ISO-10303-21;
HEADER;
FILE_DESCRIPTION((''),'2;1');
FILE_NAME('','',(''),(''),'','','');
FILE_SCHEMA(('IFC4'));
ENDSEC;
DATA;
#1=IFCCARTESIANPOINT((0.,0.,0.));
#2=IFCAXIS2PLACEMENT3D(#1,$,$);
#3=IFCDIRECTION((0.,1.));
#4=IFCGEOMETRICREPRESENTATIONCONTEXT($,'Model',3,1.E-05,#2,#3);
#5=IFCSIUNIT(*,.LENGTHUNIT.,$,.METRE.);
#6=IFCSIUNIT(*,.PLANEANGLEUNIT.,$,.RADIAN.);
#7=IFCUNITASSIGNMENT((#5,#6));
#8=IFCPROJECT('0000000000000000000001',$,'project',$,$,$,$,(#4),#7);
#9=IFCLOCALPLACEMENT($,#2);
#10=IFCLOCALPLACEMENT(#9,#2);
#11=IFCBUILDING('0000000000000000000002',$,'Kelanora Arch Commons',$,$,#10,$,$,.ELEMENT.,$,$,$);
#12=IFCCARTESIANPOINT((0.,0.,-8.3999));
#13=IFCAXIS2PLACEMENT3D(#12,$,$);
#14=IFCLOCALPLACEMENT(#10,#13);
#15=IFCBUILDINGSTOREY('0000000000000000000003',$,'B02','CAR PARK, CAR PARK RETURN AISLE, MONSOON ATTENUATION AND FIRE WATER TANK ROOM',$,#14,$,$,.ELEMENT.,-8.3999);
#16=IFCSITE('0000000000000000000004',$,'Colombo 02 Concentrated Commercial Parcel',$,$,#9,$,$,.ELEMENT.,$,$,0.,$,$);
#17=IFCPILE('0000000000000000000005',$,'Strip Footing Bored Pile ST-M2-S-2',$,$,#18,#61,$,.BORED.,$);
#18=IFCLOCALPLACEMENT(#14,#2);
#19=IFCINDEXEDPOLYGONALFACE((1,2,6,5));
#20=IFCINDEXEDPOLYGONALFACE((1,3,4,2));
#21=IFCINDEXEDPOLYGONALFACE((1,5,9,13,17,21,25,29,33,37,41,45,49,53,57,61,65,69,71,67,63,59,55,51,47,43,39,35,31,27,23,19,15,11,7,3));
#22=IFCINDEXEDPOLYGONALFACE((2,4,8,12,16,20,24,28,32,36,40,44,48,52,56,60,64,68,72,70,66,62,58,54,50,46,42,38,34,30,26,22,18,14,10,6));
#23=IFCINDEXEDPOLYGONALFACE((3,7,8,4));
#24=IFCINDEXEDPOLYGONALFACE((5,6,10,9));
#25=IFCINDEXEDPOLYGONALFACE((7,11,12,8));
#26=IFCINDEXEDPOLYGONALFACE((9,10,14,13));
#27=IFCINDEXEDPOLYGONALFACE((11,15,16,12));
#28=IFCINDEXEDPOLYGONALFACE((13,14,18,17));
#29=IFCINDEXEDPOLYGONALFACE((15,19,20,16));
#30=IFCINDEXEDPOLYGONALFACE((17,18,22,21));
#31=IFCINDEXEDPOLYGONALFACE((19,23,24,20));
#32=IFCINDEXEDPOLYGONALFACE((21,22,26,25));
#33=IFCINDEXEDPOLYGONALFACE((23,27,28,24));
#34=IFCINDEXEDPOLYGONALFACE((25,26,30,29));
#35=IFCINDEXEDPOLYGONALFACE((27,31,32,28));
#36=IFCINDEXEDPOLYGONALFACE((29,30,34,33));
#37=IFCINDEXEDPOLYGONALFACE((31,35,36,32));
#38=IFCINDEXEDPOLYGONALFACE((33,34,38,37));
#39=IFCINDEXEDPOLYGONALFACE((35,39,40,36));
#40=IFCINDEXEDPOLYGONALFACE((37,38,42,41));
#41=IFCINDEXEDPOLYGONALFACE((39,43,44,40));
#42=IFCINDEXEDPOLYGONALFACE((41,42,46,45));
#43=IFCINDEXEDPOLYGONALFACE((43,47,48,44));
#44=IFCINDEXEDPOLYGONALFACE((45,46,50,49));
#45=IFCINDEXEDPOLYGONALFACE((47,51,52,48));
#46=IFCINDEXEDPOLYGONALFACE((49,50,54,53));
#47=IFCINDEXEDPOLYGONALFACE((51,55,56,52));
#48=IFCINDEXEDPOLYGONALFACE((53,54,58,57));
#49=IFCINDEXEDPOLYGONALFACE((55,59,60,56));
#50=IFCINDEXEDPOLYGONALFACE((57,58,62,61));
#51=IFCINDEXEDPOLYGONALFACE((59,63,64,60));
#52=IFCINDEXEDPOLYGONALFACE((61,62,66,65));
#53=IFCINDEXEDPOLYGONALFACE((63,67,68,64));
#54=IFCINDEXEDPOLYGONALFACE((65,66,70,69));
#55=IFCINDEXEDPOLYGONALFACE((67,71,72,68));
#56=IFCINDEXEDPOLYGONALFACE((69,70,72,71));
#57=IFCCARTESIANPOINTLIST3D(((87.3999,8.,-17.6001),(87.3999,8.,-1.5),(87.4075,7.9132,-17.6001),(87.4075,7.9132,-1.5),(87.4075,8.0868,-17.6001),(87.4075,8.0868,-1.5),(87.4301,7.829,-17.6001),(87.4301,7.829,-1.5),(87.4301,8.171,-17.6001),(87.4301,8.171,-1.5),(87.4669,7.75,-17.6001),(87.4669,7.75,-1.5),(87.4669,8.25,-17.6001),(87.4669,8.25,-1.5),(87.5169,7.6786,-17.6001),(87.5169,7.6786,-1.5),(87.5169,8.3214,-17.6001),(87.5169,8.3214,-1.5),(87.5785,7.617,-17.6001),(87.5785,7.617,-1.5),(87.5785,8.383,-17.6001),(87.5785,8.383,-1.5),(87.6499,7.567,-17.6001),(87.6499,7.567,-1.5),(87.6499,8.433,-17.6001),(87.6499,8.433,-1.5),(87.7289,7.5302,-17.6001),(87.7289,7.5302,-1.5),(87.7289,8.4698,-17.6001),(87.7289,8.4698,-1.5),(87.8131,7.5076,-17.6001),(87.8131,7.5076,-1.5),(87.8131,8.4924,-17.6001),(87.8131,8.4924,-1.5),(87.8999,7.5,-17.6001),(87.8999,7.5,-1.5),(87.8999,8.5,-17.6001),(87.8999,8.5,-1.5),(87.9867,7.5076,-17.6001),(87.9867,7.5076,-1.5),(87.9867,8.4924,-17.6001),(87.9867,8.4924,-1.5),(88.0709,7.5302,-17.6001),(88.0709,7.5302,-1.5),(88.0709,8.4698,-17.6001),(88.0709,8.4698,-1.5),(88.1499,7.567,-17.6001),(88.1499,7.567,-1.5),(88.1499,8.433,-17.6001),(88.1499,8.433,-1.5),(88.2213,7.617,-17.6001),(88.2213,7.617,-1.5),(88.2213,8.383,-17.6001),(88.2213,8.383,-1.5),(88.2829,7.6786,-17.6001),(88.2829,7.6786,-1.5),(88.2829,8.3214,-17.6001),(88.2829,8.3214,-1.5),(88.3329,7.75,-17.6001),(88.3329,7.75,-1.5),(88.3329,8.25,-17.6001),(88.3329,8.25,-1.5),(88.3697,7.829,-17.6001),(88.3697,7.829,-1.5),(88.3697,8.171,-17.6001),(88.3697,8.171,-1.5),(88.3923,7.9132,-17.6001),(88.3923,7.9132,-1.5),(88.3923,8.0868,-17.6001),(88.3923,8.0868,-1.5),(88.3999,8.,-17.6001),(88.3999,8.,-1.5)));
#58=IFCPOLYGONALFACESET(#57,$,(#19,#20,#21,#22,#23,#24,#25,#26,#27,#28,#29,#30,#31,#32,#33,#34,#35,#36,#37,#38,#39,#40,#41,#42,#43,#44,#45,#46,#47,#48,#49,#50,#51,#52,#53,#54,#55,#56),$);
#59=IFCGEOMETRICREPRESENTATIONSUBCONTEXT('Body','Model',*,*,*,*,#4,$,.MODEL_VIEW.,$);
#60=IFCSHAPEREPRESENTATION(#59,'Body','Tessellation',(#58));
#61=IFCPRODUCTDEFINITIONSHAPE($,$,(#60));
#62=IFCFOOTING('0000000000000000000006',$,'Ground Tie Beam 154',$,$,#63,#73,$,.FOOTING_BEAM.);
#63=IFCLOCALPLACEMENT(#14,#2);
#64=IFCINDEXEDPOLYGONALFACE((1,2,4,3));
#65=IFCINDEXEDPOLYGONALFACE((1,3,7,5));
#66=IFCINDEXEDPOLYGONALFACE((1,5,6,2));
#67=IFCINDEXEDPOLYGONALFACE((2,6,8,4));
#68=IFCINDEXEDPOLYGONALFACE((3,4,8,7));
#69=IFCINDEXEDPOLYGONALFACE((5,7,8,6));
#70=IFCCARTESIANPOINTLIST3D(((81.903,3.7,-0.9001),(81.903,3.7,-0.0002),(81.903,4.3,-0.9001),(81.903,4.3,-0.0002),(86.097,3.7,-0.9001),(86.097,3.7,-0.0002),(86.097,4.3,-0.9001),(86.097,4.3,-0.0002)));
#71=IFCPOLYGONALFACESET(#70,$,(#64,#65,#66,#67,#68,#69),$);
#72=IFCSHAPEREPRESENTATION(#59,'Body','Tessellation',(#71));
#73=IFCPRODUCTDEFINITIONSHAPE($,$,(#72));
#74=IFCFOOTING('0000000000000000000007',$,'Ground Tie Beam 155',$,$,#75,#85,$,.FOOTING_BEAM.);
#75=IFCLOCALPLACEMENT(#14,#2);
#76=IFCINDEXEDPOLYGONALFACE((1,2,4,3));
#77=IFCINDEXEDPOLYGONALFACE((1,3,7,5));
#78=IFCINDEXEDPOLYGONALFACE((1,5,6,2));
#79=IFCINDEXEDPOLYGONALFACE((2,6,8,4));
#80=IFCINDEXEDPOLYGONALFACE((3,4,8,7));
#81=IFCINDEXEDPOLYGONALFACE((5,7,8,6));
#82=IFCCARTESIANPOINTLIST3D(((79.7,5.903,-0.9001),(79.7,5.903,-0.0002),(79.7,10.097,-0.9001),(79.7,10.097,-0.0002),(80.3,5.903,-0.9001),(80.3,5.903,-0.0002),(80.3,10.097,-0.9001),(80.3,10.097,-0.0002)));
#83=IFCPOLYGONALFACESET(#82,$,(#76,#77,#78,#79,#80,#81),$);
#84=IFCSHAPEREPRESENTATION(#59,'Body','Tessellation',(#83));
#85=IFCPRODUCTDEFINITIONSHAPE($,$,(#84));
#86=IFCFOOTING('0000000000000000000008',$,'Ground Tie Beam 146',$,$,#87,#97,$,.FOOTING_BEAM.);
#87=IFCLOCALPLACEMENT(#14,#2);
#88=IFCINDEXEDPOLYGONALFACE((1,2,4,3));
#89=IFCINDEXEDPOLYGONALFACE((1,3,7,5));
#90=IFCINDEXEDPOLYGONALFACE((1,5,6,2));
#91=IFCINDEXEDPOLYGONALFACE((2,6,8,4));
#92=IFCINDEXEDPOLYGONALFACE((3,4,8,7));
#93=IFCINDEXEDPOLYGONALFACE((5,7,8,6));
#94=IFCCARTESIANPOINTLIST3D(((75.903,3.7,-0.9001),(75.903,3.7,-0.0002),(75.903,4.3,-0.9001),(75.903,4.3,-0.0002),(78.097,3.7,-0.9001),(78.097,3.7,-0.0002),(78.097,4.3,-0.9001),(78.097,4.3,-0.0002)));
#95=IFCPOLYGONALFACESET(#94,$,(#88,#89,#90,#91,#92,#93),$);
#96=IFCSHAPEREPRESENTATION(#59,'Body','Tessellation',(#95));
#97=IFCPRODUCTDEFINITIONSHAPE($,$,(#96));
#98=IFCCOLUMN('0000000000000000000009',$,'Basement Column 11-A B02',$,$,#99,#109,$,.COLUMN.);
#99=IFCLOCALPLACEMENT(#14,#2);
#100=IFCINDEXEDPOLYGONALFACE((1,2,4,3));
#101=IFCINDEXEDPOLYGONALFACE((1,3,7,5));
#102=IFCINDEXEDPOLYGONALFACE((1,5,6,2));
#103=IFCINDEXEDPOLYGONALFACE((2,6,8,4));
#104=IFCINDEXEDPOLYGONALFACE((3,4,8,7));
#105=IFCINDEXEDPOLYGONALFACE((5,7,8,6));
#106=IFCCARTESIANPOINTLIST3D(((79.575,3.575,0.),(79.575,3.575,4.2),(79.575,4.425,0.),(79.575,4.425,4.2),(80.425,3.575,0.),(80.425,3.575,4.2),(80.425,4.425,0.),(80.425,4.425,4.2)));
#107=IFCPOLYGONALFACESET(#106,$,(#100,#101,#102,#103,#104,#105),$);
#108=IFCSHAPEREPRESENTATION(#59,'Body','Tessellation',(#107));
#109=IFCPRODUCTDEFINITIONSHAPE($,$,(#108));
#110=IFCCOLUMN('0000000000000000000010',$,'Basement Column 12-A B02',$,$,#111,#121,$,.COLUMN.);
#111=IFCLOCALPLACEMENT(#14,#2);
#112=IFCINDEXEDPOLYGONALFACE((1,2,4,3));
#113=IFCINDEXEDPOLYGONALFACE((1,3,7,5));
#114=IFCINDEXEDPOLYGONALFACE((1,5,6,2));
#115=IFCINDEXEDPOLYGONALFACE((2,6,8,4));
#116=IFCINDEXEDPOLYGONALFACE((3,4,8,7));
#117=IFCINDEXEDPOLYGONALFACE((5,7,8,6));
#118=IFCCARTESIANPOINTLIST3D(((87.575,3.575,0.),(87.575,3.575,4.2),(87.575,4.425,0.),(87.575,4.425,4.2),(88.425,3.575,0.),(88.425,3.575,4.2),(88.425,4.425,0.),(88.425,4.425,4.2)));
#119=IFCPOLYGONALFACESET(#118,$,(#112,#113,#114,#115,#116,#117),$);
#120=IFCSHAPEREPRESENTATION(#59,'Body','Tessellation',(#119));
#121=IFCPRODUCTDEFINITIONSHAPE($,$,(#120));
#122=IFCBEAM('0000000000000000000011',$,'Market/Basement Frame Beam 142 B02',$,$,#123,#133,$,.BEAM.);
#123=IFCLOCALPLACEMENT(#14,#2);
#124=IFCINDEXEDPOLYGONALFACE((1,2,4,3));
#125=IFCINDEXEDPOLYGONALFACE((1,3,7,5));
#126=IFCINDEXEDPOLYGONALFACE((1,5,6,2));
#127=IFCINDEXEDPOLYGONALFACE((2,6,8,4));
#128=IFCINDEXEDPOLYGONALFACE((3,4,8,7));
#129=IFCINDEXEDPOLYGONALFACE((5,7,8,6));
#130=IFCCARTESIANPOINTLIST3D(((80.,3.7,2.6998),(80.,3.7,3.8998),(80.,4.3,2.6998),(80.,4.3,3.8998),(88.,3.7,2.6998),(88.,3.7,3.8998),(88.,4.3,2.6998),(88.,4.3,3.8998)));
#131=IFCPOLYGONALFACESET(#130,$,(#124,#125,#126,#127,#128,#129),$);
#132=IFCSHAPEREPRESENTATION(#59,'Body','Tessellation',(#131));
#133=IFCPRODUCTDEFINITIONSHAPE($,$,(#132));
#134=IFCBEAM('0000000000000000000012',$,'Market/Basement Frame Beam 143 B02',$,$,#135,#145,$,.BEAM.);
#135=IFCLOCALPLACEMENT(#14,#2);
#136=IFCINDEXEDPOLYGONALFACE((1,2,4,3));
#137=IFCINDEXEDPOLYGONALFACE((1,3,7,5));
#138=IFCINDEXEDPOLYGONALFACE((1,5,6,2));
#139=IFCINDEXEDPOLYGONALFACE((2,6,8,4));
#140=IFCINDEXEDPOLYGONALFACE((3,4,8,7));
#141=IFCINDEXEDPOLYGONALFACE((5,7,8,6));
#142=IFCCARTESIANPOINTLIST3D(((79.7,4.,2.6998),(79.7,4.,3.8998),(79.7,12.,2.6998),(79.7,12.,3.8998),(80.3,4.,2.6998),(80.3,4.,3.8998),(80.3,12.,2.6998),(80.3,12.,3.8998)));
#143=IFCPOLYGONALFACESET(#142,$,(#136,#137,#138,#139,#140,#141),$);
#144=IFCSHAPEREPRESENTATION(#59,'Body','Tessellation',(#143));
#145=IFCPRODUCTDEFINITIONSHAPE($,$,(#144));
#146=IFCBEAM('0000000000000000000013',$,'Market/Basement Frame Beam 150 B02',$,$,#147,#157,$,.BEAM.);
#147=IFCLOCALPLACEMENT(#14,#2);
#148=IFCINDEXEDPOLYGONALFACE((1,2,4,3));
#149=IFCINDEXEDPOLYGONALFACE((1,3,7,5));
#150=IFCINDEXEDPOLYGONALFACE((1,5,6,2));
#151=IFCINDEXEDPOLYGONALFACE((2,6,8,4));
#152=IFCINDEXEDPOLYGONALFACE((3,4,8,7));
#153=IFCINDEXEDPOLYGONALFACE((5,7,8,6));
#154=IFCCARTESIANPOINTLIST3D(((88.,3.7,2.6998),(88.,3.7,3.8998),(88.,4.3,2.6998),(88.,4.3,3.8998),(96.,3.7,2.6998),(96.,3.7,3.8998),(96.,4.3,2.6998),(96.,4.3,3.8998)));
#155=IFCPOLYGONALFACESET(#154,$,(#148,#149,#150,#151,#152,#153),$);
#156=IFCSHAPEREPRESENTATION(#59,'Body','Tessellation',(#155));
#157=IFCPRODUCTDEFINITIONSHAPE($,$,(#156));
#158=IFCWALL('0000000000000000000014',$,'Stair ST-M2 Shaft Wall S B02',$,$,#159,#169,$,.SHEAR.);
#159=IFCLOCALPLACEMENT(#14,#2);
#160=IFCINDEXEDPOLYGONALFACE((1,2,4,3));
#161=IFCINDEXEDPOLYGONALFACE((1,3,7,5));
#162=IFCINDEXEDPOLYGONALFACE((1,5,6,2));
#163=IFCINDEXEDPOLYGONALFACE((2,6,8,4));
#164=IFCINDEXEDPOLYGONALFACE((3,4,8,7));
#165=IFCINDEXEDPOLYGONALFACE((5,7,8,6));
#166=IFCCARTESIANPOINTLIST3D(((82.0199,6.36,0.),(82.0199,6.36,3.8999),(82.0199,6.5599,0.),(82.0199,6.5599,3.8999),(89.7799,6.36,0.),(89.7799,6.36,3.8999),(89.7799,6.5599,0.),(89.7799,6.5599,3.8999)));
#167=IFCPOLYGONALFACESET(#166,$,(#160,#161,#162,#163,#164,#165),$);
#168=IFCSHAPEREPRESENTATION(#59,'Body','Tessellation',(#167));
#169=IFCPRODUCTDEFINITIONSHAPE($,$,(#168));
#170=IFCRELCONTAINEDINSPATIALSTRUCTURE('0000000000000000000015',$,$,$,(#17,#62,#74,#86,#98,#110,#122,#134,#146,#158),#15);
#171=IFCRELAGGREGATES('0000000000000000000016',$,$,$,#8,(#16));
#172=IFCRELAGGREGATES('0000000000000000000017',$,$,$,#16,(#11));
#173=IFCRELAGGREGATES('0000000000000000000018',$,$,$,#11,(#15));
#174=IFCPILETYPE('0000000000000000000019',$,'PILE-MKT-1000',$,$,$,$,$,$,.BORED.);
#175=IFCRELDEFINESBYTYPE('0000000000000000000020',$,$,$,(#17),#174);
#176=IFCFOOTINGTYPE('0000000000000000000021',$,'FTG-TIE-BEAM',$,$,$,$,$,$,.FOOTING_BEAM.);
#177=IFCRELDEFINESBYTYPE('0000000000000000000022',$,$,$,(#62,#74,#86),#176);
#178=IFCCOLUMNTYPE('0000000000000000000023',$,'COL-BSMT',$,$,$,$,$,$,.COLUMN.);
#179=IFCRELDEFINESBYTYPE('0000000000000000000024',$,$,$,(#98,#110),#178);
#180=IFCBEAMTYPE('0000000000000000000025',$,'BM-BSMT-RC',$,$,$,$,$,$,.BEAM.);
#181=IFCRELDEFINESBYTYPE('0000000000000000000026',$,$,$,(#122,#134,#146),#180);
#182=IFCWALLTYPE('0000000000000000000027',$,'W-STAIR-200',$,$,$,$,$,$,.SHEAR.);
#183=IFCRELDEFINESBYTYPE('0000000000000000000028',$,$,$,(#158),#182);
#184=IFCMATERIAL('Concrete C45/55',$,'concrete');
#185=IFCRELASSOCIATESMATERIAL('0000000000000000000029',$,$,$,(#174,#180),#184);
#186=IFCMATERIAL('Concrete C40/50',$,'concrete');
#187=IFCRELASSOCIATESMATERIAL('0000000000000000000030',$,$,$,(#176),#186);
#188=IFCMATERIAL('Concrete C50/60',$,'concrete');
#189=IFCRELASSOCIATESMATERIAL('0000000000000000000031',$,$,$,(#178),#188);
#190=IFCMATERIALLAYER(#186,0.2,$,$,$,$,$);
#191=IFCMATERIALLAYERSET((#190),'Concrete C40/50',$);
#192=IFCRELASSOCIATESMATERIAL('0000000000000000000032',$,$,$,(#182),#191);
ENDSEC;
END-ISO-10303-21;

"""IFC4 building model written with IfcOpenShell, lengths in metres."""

from ifc_helpers import new_model, si_unit, direction, frame, frame_2d, origin, origin_2d, place, context, subcontext, project, spatial, rectangle, circle, extrude, source, transform, mapped, material, layer, layer_set, material_profile, profile_set, type_object, element, save


model = new_model("IFC4")

# Units and contexts
model_context = context("Model", 3, precision=1e-05, world=origin(), true_north=direction((0.0, 1.0)))
body_context = subcontext(model_context, "Body", "Model", "MODEL_VIEW")
ifc_project = project(units=[si_unit("LENGTHUNIT", "METRE"), si_unit("PLANEANGLEUNIT", "RADIAN")], contexts=[model_context])

# Site, building, storey
site_placement = place(None, origin())
site = spatial("IfcSite", under=ifc_project, at=site_placement, Name="Colombo 02 Concentrated Commercial Parcel", CompositionType="ELEMENT", RefElevation=0.0)
building_placement = place(site_placement, origin())
building = spatial("IfcBuilding", under=site, at=building_placement, Name="Kelanora Arch Commons", CompositionType="ELEMENT")
storey_placement = place(building_placement, frame((0.0, 0.0, -8.3999)))
storey = spatial("IfcBuildingStorey", under=building, at=storey_placement, Name="B02", Description="CAR PARK, CAR PARK RETURN AISLE, MONSOON ATTENUATION AND FIRE WATER TANK ROOM", CompositionType="ELEMENT", Elevation=-8.3999)

# Shared definitions
ifc_material_1 = material(Name="Concrete C40/50", Category="concrete")

# Pile
ifc_material_2 = material(Name="Concrete C45/55", Category="concrete")
ifc_material_profile_1 = material_profile(ifc_material_2, circle(Radius=0.5, at=origin_2d()), Name="PILE1000")
ifc_profile_set_1 = profile_set([ifc_material_profile_1], Name="Concrete C45/55")
pile_type = type_object("IfcPileType", Name="PILE-MKT-1000", PredefinedType="BORED", material=ifc_profile_set_1)
shared_shape_1 = source(origin(), body_context, "Body", "SweptSolid", [
    extrude(circle(Radius=0.5, at=origin_2d()), origin(), (0.0, 0.0, 1.0), 16.1001),
])
for number, where, z_axis, x_axis, name in (
    (1, (87.8999, 8.0, -1.5), (0.0, 0.0, -1.0), (1.0, 0.0, 0.0), "Strip Footing Bored Pile ST-M2-S-2"),
):
    element("IfcPile", number, at=place(storey_placement, frame(where, z_axis=z_axis, x_axis=x_axis)), inside=storey, type_object=pile_type, Name=name, PredefinedType="BORED", context=body_context, shape_type="MappedRepresentation", body=[
        mapped(shared_shape_1, transform((0.0, 0.0, 0.0), scale=1.0)),
    ])

# Footings
footing_type_1 = type_object("IfcFootingType", Name="FTG-TIE-BEAM", PredefinedType="FOOTING_BEAM", material=ifc_material_1)
shared_shape_2 = source(origin(), body_context, "Body", "SweptSolid", [
    extrude(rectangle(XDim=4.1941, YDim=0.6001, at=origin_2d()), origin(), (0.0, 0.0, 1.0), 0.8999),
])
for number, where, z_axis, x_axis, name in (
    (2, (84.0, 4.0, -0.9001), (0.0, 0.0, 1.0), (1.0, 0.0, 0.0), "Ground Tie Beam 154"),
    (3, (80.0, 8.0, -0.9001), (0.0, 0.0, 1.0), (0.0, 1.0, 0.0), "Ground Tie Beam 155"),
):
    element("IfcFooting", number, at=place(storey_placement, frame(where, z_axis=z_axis, x_axis=x_axis)), inside=storey, type_object=footing_type_1, Name=name, PredefinedType="FOOTING_BEAM", context=body_context, shape_type="MappedRepresentation", body=[
        mapped(shared_shape_2, transform((0.0, 0.0, 0.0), scale=1.0)),
    ])
shared_shape_3 = source(origin(), body_context, "Body", "SweptSolid", [
    extrude(rectangle(XDim=2.1941, YDim=0.6001, at=origin_2d()), origin(), (0.0, 0.0, 1.0), 0.8999),
])
footing_placement = place(storey_placement, frame((77.0, 4.0, -0.9001), z_axis=(0.0, 0.0, 1.0), x_axis=(1.0, 0.0, 0.0)))
element("IfcFooting", 4, at=footing_placement, inside=storey, type_object=footing_type_1, Name="Ground Tie Beam 146", PredefinedType="FOOTING_BEAM", context=body_context, shape_type="MappedRepresentation", body=[
    mapped(shared_shape_3, transform((0.0, 0.0, 0.0), scale=1.0)),
])

# Columns
ifc_material_3 = material(Name="Concrete C50/60", Category="concrete")
ifc_material_profile_2 = material_profile(ifc_material_3, rectangle(XDim=0.8501, YDim=0.8501, at=origin_2d()), Name="RC850x850")
ifc_profile_set_2 = profile_set([ifc_material_profile_2], Name="Concrete C50/60")
column_type = type_object("IfcColumnType", Name="COL-BSMT", PredefinedType="COLUMN", material=ifc_profile_set_2)
for number, where, z_axis, x_axis, name in (
    (5, (80.0, 4.0, 0.0), (0.0, 0.0, 1.0), (1.0, 0.0, 0.0), "Basement Column 11-A B02"),
    (6, (88.0, 4.0, 0.0), (0.0, 0.0, 1.0), (1.0, 0.0, 0.0), "Basement Column 12-A B02"),
):
    element("IfcColumn", number, at=place(storey_placement, frame(where, z_axis=z_axis, x_axis=x_axis)), inside=storey, type_object=column_type, Name=name, PredefinedType="COLUMN", context=body_context, shape_type="SweptSolid", body=[
        extrude(rectangle(XDim=0.8501, YDim=0.8501, at=origin_2d()), origin(), (0.0, 0.0, 1.0), 4.2),
    ])

# Beams
ifc_material_profile_3 = material_profile(ifc_material_2, rectangle(XDim=0.6001, YDim=1.2, at=origin_2d()), Name="RCB600x1200")
ifc_profile_set_3 = profile_set([ifc_material_profile_3], Name="Concrete C45/55")
beam_type = type_object("IfcBeamType", Name="BM-BSMT-RC", PredefinedType="BEAM", material=ifc_profile_set_3)
for number, where, z_axis, x_axis, name in (
    (7, (80.0, 4.0, 3.2998), (1.0, 0.0, 0.0), (0.0, 1.0, 0.0), "Market/Basement Frame Beam 142 B02"),
    (8, (80.0, 4.0, 3.2998), (0.0, 1.0, 0.0), (-1.0, 0.0, 0.0), "Market/Basement Frame Beam 143 B02"),
    (9, (88.0, 4.0, 3.2998), (1.0, 0.0, 0.0), (0.0, 1.0, 0.0), "Market/Basement Frame Beam 150 B02"),
):
    element("IfcBeam", number, at=place(storey_placement, frame(where, z_axis=z_axis, x_axis=x_axis)), inside=storey, type_object=beam_type, Name=name, PredefinedType="BEAM", context=body_context, shape_type="SweptSolid", body=[
        extrude(rectangle(XDim=0.6001, YDim=1.2, at=origin_2d()), origin(), (0.0, 0.0, 1.0), 8.0),
    ])

# Wall
ifc_layer = layer(ifc_material_1, 0.2)
ifc_layer_set = layer_set([ifc_layer], Name="Concrete C40/50")
wall_type = type_object("IfcWallType", Name="W-STAIR-200", PredefinedType="SHEAR", material=ifc_layer_set)
wall_placement = place(storey_placement, frame((82.02, 6.46, 0.0), z_axis=(0.0, 0.0, 1.0), x_axis=(1.0, 0.0, 0.0)))
element("IfcWall", 10, at=wall_placement, inside=storey, type_object=wall_type, Name="Stair ST-M2 Shaft Wall S B02", PredefinedType="SHEAR", context=body_context, shape_type="SweptSolid", body=[
    extrude(rectangle(XDim=7.76, YDim=0.2, at=frame_2d((3.8799, 0.0))), origin(), (0.0, 0.0, 1.0), 3.8999),
])

save(model, "model.ifc")
